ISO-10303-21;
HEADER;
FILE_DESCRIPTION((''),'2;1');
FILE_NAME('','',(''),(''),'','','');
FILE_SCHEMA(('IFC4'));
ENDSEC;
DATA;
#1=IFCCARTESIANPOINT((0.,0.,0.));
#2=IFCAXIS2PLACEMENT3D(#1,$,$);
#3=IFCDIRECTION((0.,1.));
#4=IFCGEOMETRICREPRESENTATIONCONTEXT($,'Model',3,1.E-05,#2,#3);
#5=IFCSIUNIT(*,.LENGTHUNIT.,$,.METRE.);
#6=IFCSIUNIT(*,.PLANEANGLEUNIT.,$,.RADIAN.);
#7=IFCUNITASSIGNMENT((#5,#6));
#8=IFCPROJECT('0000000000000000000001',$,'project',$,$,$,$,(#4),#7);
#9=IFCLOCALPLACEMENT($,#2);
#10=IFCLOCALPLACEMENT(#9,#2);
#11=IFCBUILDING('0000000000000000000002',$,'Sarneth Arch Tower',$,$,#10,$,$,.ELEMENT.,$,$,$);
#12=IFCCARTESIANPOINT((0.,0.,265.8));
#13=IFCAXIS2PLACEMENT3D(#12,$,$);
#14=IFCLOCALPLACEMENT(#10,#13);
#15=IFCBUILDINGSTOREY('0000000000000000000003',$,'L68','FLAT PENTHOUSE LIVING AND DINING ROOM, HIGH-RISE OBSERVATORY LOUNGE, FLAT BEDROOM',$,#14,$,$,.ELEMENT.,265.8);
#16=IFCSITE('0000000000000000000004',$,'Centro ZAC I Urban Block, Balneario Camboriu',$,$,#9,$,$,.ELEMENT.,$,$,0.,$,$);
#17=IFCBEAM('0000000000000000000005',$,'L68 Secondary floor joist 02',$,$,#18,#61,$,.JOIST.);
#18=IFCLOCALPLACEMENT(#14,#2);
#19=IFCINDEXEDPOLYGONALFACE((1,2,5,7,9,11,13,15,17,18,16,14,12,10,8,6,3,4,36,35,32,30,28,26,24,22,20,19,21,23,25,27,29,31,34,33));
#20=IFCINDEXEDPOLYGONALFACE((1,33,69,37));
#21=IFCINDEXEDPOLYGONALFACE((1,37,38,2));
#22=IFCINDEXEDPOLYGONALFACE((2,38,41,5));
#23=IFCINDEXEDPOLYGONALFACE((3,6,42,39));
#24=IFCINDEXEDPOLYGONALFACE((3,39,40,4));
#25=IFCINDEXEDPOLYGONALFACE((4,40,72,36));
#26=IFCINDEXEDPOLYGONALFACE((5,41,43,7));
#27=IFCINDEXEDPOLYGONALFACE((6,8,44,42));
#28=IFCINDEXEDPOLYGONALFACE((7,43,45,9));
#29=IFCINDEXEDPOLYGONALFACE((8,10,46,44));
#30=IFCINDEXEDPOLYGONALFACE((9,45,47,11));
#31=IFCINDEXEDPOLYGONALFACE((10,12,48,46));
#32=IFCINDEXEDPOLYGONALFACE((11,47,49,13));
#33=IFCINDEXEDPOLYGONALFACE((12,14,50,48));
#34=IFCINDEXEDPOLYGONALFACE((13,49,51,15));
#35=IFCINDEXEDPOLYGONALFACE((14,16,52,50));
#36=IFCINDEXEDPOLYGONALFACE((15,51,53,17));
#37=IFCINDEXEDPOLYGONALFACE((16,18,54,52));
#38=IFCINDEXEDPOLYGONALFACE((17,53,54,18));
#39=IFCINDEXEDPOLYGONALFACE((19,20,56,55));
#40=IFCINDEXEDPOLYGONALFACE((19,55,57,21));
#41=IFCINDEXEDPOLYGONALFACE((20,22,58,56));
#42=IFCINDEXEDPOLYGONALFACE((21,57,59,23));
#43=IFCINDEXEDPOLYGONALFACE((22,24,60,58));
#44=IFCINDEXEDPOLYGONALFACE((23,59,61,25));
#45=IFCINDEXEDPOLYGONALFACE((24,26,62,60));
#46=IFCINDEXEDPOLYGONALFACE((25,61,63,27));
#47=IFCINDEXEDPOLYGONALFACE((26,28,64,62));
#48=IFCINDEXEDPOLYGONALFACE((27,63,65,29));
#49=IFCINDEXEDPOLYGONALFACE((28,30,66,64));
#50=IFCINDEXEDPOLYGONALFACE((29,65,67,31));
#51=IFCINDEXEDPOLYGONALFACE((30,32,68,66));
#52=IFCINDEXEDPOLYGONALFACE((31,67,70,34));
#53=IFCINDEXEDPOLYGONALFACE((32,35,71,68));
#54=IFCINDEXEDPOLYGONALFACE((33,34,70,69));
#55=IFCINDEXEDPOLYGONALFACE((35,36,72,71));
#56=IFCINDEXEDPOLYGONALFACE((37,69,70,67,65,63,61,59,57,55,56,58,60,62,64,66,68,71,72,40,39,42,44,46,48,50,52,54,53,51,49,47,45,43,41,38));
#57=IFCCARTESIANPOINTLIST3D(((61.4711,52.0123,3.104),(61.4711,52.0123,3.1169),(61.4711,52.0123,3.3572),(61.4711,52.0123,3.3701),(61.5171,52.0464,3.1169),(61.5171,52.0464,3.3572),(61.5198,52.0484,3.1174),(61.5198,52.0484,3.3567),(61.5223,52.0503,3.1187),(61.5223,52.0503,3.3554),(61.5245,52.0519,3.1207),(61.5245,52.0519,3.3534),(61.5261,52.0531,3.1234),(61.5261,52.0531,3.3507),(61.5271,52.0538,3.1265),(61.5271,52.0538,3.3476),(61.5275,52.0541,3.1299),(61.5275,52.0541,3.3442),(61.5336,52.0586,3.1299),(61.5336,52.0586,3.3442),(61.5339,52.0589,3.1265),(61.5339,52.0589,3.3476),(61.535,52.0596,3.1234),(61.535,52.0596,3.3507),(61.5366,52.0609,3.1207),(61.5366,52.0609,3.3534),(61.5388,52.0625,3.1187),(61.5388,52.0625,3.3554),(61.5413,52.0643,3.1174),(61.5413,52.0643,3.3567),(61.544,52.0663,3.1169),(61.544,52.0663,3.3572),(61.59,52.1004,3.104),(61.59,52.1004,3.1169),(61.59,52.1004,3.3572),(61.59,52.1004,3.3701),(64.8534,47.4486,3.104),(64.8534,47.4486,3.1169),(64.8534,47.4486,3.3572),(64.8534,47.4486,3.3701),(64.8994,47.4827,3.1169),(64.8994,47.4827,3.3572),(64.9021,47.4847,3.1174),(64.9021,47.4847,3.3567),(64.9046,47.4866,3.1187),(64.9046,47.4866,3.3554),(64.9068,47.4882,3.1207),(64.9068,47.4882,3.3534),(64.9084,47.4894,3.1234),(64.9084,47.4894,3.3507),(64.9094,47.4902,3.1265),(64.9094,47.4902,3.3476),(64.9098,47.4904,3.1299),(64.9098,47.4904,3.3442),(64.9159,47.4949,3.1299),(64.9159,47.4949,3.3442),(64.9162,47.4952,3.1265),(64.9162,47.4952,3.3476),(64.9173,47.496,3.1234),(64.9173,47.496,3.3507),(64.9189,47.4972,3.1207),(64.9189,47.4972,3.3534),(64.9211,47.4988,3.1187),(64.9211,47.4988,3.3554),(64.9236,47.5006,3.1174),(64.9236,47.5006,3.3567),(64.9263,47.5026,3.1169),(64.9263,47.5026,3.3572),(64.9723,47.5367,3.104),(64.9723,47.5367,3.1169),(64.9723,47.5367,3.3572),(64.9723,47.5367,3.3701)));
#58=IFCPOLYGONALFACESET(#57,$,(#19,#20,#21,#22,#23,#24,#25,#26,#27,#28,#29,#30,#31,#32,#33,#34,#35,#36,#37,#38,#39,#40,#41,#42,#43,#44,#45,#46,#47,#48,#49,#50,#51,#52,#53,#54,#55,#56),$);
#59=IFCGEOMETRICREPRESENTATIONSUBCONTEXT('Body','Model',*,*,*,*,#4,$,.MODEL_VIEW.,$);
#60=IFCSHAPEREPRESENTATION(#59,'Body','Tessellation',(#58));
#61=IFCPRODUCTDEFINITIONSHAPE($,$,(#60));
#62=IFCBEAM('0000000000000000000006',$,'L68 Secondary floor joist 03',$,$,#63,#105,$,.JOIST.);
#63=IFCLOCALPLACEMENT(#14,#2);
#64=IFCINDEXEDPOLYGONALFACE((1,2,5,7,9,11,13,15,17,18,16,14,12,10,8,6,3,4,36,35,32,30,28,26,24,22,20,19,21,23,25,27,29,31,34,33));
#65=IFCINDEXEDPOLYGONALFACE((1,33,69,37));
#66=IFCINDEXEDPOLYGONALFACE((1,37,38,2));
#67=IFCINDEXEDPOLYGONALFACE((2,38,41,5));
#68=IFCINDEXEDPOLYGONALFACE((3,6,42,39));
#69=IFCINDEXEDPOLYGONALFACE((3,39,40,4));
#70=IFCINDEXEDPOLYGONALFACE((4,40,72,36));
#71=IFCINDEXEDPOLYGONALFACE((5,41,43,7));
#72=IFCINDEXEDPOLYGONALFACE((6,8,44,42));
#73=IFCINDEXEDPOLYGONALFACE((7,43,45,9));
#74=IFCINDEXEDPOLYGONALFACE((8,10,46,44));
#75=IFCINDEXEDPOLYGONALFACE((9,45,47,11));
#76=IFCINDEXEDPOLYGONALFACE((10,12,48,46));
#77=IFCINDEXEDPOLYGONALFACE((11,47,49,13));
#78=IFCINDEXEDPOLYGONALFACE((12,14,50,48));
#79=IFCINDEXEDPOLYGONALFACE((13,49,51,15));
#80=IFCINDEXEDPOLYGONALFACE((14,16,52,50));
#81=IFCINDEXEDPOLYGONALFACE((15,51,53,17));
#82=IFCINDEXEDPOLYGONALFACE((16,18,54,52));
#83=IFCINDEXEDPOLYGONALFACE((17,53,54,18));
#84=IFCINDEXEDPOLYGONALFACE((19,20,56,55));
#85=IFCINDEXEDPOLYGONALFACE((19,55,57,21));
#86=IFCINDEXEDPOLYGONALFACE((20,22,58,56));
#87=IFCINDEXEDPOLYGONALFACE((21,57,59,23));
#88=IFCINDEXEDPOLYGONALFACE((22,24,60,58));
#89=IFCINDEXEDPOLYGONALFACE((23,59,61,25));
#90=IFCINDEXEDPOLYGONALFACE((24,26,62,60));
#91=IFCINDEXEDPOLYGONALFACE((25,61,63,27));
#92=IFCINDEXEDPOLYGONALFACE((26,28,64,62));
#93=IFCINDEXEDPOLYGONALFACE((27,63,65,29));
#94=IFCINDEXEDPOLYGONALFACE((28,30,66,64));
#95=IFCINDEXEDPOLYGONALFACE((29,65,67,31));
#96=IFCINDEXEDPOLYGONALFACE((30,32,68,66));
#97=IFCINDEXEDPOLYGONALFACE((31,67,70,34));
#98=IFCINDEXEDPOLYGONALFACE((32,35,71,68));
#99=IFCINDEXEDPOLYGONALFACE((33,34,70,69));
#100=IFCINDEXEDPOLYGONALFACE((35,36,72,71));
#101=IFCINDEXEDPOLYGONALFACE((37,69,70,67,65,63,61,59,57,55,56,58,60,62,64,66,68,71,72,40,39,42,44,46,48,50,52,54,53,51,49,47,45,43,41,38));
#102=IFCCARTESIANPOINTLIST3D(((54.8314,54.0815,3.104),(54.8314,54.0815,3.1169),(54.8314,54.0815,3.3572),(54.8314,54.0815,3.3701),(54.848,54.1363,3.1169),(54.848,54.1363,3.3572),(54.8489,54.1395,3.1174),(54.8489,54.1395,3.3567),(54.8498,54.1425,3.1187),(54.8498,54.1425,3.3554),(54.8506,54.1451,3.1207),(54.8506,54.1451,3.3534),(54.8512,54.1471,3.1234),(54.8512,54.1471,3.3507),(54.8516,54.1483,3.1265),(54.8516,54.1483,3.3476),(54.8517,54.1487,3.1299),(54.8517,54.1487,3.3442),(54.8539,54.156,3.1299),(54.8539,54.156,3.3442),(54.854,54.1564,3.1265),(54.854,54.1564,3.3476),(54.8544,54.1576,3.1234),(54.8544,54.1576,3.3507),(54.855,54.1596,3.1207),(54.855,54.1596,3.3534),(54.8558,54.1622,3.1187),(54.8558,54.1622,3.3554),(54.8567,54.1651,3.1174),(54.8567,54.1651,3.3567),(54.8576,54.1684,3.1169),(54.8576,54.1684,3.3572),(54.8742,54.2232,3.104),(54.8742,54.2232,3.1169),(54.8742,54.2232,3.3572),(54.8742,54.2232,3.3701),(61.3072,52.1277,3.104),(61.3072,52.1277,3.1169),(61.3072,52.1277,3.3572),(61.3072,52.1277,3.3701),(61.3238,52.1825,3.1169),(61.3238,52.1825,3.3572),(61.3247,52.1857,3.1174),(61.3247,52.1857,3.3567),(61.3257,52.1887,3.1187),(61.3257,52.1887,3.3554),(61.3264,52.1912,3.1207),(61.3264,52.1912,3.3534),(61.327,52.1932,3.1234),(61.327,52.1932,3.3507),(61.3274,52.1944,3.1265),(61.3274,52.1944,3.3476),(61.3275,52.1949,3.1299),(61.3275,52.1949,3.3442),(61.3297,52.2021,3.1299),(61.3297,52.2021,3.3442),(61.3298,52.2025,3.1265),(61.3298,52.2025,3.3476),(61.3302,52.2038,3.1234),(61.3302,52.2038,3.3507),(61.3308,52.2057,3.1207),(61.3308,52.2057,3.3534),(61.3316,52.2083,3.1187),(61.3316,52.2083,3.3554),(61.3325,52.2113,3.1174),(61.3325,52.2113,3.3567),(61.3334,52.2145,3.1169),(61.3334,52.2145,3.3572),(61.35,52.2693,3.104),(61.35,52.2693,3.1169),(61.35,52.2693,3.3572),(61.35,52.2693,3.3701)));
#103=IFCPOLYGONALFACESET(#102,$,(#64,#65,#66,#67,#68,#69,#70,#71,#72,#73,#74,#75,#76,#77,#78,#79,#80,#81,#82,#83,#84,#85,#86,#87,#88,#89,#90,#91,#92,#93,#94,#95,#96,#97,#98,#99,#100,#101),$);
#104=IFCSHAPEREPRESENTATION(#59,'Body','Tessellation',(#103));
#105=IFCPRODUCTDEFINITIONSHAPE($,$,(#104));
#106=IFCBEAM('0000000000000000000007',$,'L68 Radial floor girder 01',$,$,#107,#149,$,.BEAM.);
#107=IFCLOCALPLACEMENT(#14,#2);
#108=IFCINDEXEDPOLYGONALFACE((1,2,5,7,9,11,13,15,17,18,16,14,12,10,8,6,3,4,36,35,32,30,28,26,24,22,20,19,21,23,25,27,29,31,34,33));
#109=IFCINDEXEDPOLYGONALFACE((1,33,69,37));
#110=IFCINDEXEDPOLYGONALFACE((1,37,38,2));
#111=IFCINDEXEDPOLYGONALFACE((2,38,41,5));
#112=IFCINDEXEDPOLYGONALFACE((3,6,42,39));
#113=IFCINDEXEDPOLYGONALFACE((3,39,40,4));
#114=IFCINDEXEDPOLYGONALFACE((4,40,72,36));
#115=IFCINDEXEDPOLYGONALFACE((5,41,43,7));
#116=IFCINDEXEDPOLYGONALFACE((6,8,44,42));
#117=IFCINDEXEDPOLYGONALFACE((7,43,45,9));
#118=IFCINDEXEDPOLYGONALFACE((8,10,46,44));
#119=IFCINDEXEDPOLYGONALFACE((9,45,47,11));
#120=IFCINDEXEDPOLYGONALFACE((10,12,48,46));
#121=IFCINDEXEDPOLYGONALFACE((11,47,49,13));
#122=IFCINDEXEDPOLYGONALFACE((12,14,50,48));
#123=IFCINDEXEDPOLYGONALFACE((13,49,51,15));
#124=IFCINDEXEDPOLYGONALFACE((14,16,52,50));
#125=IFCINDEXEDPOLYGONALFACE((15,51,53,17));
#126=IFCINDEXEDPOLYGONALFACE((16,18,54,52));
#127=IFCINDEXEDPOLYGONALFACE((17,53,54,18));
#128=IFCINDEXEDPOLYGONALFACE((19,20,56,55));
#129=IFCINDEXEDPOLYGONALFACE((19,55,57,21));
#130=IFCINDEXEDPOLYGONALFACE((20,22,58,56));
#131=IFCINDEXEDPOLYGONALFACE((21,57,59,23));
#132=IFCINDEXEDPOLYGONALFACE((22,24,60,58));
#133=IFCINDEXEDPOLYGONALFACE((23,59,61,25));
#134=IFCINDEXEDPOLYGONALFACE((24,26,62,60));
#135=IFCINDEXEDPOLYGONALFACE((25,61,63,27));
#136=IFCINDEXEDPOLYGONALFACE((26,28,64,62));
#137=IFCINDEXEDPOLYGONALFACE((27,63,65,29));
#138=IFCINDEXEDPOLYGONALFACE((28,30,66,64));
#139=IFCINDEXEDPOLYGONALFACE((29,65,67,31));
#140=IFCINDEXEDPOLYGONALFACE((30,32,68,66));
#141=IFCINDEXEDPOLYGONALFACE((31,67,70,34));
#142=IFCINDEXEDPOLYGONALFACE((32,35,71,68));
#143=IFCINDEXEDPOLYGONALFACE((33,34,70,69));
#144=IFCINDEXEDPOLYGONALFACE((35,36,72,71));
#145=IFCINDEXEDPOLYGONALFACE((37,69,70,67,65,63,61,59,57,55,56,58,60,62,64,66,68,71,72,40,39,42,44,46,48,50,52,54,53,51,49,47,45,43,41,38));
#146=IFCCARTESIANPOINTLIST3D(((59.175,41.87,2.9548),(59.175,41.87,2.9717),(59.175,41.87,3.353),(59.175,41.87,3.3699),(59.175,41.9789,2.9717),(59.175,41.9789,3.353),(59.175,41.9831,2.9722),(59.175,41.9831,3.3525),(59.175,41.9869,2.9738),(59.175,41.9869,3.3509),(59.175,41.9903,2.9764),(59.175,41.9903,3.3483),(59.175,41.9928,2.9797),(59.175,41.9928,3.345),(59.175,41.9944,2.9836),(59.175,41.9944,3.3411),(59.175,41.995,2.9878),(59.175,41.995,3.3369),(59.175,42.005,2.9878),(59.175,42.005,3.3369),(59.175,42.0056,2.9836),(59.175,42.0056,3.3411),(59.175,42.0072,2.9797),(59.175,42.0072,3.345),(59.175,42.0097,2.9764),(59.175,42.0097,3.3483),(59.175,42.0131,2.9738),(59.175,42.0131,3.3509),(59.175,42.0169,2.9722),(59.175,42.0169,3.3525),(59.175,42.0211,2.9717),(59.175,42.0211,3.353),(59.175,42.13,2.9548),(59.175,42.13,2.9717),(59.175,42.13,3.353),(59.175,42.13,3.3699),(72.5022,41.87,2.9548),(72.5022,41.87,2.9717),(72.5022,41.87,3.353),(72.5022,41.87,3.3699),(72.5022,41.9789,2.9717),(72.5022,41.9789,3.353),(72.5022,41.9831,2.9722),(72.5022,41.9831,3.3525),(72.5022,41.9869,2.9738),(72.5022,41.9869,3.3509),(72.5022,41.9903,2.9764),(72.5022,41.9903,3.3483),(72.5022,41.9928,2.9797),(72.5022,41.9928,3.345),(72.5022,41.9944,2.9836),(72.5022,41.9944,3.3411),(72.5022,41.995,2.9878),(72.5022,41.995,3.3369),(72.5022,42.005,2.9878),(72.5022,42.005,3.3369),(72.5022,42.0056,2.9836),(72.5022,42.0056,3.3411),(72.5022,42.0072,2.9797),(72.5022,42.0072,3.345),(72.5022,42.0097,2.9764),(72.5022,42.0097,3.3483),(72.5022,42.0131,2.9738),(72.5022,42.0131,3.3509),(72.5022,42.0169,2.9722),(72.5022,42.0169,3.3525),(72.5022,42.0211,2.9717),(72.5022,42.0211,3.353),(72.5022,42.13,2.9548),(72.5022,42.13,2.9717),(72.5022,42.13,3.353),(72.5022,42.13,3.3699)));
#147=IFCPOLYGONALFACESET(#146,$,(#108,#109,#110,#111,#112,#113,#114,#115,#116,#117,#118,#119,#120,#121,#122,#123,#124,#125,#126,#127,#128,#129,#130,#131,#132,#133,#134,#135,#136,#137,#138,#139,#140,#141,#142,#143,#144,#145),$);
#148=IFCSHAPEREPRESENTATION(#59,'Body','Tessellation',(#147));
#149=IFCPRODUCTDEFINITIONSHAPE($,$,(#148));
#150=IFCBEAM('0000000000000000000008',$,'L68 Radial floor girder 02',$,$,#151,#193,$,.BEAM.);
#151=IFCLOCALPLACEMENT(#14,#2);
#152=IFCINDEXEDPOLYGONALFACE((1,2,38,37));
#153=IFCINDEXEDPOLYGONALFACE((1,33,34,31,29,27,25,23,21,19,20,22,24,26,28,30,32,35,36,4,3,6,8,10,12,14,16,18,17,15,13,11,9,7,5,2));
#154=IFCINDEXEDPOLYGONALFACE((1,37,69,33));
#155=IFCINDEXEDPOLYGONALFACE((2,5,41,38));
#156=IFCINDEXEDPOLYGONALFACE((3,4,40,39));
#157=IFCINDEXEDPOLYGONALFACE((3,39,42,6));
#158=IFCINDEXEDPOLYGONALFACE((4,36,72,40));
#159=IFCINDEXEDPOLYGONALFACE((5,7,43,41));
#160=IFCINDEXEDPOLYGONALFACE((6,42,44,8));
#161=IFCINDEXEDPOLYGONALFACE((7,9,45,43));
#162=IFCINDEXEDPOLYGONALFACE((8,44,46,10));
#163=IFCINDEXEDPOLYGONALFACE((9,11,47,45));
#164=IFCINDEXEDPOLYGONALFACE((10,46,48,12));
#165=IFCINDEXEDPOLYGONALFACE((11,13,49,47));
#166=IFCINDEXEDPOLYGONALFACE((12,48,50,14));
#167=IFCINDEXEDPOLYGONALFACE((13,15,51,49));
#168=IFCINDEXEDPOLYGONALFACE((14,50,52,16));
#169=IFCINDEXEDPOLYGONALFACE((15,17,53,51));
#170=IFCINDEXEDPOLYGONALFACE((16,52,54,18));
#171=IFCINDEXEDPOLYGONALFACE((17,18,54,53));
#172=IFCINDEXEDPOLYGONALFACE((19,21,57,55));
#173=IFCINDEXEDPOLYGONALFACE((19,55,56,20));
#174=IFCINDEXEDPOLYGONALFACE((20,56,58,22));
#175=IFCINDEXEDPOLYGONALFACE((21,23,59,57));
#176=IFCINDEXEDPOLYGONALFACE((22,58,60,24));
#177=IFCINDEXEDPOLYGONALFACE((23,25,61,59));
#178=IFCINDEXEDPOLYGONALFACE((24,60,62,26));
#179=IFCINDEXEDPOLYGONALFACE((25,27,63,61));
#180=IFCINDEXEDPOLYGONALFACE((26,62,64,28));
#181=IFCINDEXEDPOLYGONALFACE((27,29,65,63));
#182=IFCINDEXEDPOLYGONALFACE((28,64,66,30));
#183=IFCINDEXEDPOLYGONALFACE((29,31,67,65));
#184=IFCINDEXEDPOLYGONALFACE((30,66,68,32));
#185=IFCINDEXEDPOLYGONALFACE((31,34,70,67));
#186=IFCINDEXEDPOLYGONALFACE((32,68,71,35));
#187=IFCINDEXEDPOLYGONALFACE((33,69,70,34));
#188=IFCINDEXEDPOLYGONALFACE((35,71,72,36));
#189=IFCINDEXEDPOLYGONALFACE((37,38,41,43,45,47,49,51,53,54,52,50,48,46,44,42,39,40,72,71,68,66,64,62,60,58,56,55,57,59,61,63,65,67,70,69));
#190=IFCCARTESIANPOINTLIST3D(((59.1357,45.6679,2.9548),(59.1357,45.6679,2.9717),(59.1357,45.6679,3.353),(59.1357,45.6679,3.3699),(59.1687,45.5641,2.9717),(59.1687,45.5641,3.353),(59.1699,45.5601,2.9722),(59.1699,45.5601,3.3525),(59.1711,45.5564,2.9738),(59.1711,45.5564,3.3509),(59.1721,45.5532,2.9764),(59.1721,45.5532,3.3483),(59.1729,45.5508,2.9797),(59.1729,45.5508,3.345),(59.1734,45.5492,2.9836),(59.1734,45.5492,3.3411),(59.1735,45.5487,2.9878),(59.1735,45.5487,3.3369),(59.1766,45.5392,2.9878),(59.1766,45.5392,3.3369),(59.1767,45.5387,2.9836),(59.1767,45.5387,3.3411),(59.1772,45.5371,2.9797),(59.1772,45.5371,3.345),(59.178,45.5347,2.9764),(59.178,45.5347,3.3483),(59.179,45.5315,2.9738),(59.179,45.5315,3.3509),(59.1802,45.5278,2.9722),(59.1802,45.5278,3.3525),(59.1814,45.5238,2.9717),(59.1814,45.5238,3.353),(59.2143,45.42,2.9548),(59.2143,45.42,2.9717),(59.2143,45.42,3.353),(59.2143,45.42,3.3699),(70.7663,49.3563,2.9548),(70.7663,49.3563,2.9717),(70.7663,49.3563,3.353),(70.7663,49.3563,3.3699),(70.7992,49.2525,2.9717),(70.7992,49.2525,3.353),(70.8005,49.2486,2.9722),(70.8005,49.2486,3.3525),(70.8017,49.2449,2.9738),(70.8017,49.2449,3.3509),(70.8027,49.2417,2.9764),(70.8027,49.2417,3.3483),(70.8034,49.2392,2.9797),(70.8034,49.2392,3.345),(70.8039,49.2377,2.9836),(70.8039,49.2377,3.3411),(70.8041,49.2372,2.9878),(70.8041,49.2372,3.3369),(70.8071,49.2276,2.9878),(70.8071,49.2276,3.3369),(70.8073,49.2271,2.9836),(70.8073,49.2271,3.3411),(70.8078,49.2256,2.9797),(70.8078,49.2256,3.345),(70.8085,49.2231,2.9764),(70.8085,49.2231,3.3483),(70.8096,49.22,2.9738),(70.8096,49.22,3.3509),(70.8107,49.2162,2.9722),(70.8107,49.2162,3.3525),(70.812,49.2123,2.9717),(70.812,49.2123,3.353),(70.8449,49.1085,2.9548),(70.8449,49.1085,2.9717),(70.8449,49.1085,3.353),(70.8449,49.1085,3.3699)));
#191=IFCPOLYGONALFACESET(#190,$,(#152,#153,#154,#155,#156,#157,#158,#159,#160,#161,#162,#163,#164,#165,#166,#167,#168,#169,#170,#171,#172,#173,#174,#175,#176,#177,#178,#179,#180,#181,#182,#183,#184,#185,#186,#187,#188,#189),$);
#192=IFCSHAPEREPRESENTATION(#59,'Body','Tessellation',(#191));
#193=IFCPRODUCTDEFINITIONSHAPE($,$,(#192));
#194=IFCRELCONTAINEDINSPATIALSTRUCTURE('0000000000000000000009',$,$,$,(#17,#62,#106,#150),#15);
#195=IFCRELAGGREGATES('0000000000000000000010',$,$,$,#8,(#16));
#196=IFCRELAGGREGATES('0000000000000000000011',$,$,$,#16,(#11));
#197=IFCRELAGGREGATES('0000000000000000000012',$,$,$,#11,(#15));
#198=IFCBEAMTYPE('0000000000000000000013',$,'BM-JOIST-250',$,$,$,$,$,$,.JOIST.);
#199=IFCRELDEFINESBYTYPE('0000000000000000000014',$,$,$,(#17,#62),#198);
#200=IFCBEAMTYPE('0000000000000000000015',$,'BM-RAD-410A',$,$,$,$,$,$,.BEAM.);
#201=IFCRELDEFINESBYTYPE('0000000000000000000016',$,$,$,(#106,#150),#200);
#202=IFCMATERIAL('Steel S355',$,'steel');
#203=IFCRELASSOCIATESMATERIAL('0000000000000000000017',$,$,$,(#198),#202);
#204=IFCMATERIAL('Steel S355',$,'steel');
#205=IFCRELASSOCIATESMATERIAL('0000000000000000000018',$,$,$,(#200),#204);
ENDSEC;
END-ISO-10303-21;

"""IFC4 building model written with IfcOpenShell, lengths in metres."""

from ifc_helpers import new_model, si_unit, direction, frame, origin, origin_2d, place, context, subcontext, project, spatial, i_section, extrude, material, material_profile, profile_set, type_object, element, save


model = new_model("IFC4")

# Units and contexts
model_context = context("Model", 3, precision=1e-05, world=origin(), true_north=direction((0.0, 1.0)))
body_context = subcontext(model_context, "Body", "Model", "MODEL_VIEW")
ifc_project = project(units=[si_unit("LENGTHUNIT", "METRE"), si_unit("PLANEANGLEUNIT", "RADIAN")], contexts=[model_context])

# Site, building, storey
site_placement = place(None, origin())
site = spatial("IfcSite", under=ifc_project, at=site_placement, Name="Centro ZAC I Urban Block, Balneario Camboriu", CompositionType="ELEMENT", RefElevation=0.0)
building_placement = place(site_placement, origin())
building = spatial("IfcBuilding", under=site, at=building_placement, Name="Sarneth Arch Tower", CompositionType="ELEMENT")
storey_placement = place(building_placement, frame((0.0, 0.0, 265.8)))
storey = spatial("IfcBuildingStorey", under=building, at=storey_placement, Name="L68", Description="FLAT PENTHOUSE LIVING AND DINING ROOM, HIGH-RISE OBSERVATORY LOUNGE, FLAT BEDROOM", CompositionType="ELEMENT", Elevation=265.8)

# Beams
ifc_material_1 = material(Name="Steel S355", Category="steel")
ifc_material_profile_1 = material_profile(ifc_material_1, i_section(OverallWidth=0.1479, OverallDepth=0.2661, WebThickness=0.0076, FlangeThickness=0.0129, FilletRadius=0.0129, at=origin_2d()), Name="W250x44.8")
ifc_profile_set_1 = profile_set([ifc_material_profile_1], Name="Steel S355")
beam_type_1 = type_object("IfcBeamType", Name="BM-JOIST-250", PredefinedType="JOIST", material=ifc_profile_set_1)
beam_1_placement = place(storey_placement, frame((64.9128, 47.4927, 3.2371), z_axis=(-0.595431, 0.803406, 0.0), x_axis=(-0.803406, -0.595431, 0.0)))
element("IfcBeam", 1, at=beam_1_placement, inside=storey, type_object=beam_type_1, Name="L68 Secondary floor joist 02", PredefinedType="JOIST", context=body_context, shape_type="SweptSolid", body=[
    extrude(i_section(OverallWidth=0.1479, OverallDepth=0.2661, WebThickness=0.0076, FlangeThickness=0.0129, FilletRadius=0.0129, at=origin_2d()), origin(), (0.0, 0.0, 1.0), 5.6804),
])
beam_2_placement = place(storey_placement, frame((61.3286, 52.1985, 3.2371), z_axis=(-0.957373, 0.288854, 0.0), x_axis=(-0.288854, -0.957373, 0.0)))
element("IfcBeam", 2, at=beam_2_placement, inside=storey, type_object=beam_type_1, Name="L68 Secondary floor joist 03", PredefinedType="JOIST", context=body_context, shape_type="SweptSolid", body=[
    extrude(i_section(OverallWidth=0.1479, OverallDepth=0.2661, WebThickness=0.0076, FlangeThickness=0.0129, FilletRadius=0.0129, at=origin_2d()), origin(), (0.0, 0.0, 1.0), 6.7642),
])
ifc_material_2 = material(Name="Steel S355", Category="steel")
ifc_material_profile_2 = material_profile(ifc_material_2, i_section(OverallWidth=0.26, OverallDepth=0.415, WebThickness=0.01, FlangeThickness=0.0168, FilletRadius=0.0161, at=origin_2d()), Name="W410x100")
ifc_profile_set_2 = profile_set([ifc_material_profile_2], Name="Steel S355")
beam_type_2 = type_object("IfcBeamType", Name="BM-RAD-410A", PredefinedType="BEAM", material=ifc_profile_set_2)
beam_3_placement = place(storey_placement, frame((59.175, 42.0, 3.1624), z_axis=(1.0, 0.0, 0.0), x_axis=(0.0, 1.0, 0.0)))
element("IfcBeam", 3, at=beam_3_placement, inside=storey, type_object=beam_type_2, Name="L68 Radial floor girder 01", PredefinedType="BEAM", context=body_context, shape_type="SweptSolid", body=[
    extrude(i_section(OverallWidth=0.26, OverallDepth=0.415, WebThickness=0.01, FlangeThickness=0.0168, FilletRadius=0.0161, at=origin_2d()), origin(), (0.0, 0.0, 1.0), 13.3271),
])
beam_4_placement = place(storey_placement, frame((59.175, 45.5439, 3.1624), z_axis=(0.953214, 0.302298, 0.0), x_axis=(-0.302298, 0.953214, 0.0)))
element("IfcBeam", 4, at=beam_4_placement, inside=storey, type_object=beam_type_2, Name="L68 Radial floor girder 02", PredefinedType="BEAM", context=body_context, shape_type="SweptSolid", body=[
    extrude(i_section(OverallWidth=0.26, OverallDepth=0.415, WebThickness=0.01, FlangeThickness=0.0168, FilletRadius=0.0161, at=origin_2d()), origin(), (0.0, 0.0, 1.0), 12.2014),
])

save(model, "model.ifc")
